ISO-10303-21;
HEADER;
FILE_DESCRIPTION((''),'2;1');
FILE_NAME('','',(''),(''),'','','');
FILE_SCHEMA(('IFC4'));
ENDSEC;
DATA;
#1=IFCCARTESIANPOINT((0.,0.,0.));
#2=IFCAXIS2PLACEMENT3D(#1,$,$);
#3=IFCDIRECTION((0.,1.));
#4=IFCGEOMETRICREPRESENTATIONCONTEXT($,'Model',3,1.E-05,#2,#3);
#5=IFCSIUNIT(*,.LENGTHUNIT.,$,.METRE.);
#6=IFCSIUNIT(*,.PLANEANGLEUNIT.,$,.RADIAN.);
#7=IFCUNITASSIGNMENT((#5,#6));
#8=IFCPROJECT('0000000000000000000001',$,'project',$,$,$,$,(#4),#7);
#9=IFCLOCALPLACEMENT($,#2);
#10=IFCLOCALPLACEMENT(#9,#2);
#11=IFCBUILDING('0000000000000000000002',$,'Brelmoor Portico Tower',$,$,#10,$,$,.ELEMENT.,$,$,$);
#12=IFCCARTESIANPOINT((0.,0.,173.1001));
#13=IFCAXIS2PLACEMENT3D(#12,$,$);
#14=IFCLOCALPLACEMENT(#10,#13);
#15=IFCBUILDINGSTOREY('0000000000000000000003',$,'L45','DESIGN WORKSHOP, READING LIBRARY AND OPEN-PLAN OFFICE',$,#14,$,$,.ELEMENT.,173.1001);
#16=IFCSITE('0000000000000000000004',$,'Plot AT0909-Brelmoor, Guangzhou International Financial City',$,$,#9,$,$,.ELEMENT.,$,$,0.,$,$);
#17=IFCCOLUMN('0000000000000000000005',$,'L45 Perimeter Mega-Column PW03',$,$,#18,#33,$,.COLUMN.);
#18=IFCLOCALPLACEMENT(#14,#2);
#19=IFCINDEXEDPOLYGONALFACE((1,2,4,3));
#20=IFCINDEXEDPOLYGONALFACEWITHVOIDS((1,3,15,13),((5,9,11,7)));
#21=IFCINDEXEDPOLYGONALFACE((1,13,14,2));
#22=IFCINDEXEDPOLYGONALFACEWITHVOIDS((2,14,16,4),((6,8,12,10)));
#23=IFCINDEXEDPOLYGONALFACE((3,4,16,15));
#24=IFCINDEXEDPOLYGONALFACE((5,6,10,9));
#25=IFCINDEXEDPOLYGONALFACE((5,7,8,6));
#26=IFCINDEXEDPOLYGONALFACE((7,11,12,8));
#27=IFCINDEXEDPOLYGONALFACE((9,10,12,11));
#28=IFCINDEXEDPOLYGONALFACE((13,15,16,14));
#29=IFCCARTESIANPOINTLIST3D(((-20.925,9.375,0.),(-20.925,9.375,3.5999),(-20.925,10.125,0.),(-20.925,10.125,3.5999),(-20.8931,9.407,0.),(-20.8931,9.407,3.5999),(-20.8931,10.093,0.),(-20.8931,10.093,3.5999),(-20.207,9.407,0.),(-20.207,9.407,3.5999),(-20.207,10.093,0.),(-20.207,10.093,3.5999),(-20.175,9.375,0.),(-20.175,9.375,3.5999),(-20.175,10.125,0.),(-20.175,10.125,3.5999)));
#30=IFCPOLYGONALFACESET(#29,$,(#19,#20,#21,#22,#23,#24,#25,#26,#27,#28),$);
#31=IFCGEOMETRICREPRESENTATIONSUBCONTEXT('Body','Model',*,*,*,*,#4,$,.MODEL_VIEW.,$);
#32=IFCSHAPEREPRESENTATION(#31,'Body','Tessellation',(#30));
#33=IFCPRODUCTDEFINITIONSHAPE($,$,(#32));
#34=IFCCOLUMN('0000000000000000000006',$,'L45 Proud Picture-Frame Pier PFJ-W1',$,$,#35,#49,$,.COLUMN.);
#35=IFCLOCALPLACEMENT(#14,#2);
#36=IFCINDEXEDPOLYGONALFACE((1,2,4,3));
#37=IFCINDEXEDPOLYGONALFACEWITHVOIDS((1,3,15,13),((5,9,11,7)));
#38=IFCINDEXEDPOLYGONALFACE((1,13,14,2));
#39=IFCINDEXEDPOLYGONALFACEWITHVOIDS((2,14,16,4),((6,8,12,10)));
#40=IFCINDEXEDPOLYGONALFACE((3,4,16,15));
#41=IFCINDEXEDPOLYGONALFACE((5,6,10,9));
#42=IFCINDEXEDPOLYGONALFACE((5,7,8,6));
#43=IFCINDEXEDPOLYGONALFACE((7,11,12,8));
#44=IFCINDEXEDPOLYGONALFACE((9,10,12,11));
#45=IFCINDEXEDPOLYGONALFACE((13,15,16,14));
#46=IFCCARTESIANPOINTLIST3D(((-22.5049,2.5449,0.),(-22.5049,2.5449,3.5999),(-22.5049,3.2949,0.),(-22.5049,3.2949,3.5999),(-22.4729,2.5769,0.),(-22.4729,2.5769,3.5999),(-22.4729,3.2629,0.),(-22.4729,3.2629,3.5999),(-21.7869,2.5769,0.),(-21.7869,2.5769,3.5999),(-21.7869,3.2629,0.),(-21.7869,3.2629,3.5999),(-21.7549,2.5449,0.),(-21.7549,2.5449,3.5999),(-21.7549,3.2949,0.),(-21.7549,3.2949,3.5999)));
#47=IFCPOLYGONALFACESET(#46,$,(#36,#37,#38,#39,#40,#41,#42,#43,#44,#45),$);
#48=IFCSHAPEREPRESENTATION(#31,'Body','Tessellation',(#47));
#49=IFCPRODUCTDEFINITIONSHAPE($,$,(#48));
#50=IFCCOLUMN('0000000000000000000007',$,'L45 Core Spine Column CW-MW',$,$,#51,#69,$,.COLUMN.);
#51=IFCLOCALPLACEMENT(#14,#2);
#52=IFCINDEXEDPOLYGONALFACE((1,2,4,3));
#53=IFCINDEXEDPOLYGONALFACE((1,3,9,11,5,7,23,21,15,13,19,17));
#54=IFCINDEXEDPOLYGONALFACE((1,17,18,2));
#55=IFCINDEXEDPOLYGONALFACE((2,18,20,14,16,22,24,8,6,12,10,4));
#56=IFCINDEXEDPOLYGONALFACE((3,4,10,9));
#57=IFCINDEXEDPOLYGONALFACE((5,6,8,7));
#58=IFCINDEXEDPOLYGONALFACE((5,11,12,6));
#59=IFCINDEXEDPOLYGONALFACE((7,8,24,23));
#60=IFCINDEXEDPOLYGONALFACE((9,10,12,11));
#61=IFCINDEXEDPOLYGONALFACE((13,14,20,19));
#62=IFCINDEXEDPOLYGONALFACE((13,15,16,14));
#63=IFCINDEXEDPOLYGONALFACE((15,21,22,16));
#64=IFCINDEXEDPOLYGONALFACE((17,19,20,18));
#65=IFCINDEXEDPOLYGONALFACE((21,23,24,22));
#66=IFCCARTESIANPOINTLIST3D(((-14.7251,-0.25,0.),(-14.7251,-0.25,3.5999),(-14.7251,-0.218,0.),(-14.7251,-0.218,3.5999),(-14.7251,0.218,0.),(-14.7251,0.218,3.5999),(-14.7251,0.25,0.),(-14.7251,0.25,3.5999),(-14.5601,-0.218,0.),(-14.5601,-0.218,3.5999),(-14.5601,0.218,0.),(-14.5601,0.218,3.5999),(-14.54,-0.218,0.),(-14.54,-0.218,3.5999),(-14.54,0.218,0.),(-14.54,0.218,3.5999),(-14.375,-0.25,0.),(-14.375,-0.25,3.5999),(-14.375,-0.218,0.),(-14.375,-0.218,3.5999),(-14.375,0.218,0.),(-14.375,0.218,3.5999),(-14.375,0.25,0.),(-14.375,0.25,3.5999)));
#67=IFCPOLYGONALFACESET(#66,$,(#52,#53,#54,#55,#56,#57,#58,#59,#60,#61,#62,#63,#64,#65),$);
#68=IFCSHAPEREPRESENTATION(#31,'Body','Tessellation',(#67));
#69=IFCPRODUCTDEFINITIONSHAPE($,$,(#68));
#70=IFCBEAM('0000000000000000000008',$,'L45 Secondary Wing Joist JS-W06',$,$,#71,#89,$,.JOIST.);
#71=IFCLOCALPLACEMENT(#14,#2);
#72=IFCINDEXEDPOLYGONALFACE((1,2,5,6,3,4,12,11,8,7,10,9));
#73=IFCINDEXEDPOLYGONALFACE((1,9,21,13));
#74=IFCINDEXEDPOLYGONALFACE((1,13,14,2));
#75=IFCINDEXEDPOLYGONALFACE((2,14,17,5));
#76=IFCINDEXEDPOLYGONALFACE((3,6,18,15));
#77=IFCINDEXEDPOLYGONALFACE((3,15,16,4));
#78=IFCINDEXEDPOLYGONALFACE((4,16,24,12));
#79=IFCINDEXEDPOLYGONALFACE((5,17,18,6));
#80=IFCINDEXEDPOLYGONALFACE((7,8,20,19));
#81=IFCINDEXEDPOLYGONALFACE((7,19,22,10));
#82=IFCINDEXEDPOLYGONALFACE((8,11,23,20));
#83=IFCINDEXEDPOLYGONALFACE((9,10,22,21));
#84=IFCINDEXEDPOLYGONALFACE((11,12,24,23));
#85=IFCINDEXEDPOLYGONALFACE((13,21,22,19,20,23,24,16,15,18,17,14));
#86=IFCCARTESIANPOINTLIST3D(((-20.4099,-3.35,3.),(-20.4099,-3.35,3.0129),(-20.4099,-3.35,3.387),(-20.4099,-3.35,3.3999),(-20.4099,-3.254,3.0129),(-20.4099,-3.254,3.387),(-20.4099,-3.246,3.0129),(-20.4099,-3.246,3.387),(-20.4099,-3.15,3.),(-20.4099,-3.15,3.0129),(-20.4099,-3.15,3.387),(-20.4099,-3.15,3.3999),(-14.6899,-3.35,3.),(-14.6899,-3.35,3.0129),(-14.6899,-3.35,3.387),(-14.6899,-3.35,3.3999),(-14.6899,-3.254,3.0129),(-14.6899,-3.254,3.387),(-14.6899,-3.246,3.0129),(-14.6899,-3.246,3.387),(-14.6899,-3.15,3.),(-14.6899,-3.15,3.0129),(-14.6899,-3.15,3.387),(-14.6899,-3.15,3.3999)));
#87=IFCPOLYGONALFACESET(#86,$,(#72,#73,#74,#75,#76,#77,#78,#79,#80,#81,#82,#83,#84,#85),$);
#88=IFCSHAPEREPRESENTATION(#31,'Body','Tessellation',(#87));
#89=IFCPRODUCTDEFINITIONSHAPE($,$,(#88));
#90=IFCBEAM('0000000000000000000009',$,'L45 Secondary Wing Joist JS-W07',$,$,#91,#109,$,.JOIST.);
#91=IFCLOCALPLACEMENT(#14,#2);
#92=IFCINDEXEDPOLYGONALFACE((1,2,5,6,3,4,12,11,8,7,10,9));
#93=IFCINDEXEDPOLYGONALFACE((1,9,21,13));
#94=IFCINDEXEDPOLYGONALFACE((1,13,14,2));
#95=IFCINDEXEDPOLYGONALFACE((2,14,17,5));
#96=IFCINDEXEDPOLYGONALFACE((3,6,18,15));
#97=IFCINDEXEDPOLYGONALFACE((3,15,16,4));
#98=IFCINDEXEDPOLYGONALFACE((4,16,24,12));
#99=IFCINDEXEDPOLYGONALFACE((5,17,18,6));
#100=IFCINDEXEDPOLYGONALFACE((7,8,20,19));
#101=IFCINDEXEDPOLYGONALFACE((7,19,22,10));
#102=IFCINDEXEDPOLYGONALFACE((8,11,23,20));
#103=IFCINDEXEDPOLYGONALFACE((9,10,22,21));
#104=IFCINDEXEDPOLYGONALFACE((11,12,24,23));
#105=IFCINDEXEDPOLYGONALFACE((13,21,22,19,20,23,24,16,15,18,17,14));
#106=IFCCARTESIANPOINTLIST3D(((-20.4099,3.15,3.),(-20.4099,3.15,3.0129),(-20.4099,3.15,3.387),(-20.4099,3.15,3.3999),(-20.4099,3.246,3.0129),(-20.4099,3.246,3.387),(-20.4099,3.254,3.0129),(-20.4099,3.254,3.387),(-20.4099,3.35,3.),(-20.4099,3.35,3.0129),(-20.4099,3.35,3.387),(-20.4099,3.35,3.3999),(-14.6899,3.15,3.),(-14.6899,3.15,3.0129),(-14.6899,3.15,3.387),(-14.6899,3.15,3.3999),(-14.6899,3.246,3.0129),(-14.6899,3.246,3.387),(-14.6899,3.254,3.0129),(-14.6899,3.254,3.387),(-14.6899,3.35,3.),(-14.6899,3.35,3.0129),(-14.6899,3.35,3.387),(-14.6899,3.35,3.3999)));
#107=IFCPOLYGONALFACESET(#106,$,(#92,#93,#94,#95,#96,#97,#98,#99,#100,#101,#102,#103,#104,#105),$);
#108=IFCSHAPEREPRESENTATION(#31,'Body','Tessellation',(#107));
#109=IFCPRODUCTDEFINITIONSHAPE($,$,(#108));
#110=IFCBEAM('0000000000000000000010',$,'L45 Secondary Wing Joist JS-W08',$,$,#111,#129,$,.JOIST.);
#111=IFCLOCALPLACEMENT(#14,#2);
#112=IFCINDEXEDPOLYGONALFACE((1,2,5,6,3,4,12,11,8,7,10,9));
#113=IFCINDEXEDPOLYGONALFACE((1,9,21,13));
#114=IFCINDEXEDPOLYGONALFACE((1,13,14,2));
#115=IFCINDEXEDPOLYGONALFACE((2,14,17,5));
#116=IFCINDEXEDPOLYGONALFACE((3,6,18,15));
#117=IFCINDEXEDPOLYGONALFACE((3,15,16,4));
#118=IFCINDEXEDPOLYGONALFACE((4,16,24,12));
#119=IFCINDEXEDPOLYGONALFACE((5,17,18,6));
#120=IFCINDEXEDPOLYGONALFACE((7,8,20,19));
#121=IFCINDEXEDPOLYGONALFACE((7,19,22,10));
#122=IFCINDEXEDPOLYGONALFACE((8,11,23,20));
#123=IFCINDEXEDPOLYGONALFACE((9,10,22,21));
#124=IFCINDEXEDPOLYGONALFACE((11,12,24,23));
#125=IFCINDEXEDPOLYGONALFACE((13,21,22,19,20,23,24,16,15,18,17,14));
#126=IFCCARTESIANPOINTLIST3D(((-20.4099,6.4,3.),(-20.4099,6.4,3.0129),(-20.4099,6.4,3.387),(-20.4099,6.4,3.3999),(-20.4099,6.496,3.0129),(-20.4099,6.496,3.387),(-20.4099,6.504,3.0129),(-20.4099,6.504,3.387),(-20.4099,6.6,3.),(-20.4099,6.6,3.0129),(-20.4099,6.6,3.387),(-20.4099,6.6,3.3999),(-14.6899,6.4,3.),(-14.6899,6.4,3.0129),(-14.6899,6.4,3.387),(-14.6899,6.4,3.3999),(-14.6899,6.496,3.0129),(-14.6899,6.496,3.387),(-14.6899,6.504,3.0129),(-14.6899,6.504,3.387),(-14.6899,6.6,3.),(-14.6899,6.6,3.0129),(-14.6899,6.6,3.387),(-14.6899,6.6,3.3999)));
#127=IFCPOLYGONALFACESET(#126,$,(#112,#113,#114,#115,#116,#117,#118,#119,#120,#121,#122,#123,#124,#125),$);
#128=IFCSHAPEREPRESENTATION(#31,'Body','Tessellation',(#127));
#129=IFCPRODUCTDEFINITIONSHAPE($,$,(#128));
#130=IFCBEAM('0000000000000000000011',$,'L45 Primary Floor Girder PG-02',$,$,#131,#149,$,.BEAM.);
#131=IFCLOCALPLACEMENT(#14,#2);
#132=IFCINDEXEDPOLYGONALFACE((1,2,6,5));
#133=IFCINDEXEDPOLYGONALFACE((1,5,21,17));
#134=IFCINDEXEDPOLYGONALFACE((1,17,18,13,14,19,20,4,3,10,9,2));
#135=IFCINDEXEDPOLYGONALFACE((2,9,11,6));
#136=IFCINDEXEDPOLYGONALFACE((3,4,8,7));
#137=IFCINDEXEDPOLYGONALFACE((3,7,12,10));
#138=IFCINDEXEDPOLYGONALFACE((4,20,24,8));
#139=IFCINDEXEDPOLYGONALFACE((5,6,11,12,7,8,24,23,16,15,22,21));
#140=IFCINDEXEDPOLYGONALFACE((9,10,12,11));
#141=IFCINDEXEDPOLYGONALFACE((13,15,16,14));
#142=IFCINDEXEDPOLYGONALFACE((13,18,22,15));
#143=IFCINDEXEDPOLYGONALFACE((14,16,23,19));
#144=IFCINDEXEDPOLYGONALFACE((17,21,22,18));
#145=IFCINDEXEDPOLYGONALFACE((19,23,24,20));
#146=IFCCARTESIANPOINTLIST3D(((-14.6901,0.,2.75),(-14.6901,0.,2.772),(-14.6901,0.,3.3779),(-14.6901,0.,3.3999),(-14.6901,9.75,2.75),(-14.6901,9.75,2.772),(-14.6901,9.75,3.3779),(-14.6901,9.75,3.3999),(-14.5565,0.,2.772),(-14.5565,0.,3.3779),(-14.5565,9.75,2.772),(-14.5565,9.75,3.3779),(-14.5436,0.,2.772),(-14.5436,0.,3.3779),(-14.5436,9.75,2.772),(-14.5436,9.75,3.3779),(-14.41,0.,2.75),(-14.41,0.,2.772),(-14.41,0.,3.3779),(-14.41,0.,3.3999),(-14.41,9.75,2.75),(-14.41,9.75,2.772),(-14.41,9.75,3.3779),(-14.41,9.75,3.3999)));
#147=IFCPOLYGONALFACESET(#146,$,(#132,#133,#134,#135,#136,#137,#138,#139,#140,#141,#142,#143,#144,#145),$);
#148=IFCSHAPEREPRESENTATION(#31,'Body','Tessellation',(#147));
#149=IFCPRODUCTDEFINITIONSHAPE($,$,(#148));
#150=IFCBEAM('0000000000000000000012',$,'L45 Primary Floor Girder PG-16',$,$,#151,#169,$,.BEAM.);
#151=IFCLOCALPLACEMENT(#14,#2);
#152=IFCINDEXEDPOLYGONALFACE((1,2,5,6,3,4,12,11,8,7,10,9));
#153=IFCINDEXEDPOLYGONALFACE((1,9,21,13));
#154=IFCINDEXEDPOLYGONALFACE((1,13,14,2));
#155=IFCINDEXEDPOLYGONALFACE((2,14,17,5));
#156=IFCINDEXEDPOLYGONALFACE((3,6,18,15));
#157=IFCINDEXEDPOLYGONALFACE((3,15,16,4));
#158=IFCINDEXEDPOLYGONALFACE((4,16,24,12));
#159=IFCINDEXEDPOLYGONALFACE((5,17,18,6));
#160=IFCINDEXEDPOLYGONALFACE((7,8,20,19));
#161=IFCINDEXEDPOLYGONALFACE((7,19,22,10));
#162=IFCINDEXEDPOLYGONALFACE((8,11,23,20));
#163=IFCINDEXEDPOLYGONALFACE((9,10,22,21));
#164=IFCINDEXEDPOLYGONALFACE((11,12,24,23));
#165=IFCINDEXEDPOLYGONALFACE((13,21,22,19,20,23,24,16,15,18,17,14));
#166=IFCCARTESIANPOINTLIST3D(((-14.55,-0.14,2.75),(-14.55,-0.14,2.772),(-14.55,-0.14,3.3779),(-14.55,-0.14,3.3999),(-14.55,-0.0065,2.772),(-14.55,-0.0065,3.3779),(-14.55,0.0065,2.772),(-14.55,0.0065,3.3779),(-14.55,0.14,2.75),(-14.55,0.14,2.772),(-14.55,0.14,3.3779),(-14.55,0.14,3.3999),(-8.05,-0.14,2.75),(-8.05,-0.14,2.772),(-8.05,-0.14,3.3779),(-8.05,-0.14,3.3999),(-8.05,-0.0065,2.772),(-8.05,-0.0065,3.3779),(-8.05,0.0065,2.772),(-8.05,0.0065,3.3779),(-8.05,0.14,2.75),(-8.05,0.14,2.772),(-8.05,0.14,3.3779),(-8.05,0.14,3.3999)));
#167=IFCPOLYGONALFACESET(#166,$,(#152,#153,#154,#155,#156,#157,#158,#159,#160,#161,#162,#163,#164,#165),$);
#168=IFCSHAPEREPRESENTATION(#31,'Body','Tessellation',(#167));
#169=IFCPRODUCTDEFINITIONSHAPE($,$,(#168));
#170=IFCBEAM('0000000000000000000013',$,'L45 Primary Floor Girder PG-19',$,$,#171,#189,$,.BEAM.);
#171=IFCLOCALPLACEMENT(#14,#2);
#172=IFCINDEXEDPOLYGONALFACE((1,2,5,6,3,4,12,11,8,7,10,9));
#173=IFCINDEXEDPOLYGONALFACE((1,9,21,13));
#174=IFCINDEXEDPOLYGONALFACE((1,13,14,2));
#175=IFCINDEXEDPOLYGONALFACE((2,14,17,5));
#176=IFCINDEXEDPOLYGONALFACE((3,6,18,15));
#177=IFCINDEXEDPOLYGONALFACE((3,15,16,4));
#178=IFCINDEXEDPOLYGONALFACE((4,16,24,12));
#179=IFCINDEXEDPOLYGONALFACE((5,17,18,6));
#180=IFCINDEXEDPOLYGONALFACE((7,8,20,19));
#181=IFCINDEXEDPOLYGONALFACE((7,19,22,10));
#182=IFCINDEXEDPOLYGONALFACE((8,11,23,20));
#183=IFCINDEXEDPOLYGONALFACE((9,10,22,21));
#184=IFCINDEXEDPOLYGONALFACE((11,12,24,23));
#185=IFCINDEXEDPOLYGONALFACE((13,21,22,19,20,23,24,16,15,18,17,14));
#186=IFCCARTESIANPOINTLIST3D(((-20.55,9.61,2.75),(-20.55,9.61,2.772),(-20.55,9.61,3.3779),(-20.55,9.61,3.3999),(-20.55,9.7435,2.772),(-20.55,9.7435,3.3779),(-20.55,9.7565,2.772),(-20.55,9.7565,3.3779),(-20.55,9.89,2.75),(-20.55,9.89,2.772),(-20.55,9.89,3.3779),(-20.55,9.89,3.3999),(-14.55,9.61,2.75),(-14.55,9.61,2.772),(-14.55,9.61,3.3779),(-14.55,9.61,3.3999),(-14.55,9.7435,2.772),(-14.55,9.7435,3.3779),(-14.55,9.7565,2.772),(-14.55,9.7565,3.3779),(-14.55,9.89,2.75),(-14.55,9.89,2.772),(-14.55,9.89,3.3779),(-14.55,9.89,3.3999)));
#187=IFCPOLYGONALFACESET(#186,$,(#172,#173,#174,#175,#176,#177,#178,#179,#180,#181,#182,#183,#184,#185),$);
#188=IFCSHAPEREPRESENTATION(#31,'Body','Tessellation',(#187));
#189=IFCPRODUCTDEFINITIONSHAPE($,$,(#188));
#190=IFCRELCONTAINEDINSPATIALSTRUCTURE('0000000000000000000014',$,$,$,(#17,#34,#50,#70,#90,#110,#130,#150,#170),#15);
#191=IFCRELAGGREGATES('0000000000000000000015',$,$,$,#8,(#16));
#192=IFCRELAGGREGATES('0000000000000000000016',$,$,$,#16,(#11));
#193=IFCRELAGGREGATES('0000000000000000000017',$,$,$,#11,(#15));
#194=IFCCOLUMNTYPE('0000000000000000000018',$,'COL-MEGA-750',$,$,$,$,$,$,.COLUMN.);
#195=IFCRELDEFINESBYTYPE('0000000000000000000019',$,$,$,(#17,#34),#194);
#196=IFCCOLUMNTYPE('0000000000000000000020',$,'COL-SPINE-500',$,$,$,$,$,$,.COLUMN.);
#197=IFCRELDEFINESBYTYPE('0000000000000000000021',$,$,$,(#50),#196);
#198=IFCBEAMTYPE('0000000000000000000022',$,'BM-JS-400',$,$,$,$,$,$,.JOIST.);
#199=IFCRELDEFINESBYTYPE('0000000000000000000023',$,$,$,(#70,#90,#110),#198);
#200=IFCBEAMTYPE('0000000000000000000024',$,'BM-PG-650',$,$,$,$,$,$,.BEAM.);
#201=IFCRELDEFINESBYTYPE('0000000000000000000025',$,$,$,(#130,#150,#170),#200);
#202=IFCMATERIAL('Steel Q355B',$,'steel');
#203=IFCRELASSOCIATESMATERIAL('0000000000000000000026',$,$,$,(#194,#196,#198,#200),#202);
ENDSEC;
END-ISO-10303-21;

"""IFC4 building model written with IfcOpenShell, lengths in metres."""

from ifc_helpers import new_model, si_unit, direction, frame, origin, origin_2d, place, context, subcontext, project, spatial, hollow_rectangle, i_section, extrude, material, material_profile, profile_set, type_object, element, save


model = new_model("IFC4")

# Units and contexts
model_context = context("Model", 3, precision=1e-05, world=origin(), true_north=direction((0.0, 1.0)))
body_context = subcontext(model_context, "Body", "Model", "MODEL_VIEW")
ifc_project = project(units=[si_unit("LENGTHUNIT", "METRE"), si_unit("PLANEANGLEUNIT", "RADIAN")], contexts=[model_context])

# Site, building, storey
site_placement = place(None, origin())
site = spatial("IfcSite", under=ifc_project, at=site_placement, Name="Plot AT0909-Brelmoor, Guangzhou International Financial City", CompositionType="ELEMENT", RefElevation=0.0)
building_placement = place(site_placement, origin())
building = spatial("IfcBuilding", under=site, at=building_placement, Name="Brelmoor Portico Tower", CompositionType="ELEMENT")
storey_placement = place(building_placement, frame((0.0, 0.0, 173.1001)))
storey = spatial("IfcBuildingStorey", under=building, at=storey_placement, Name="L45", Description="DESIGN WORKSHOP, READING LIBRARY AND OPEN-PLAN OFFICE", CompositionType="ELEMENT", Elevation=173.1001)

# Columns
ifc_material_1 = material(Name="Steel Q355B", Category="steel")
ifc_material_profile_1 = material_profile(ifc_material_1, hollow_rectangle(XDim=0.75, YDim=0.75, WallThickness=0.032, at=origin_2d()), Name="BOX 750x750x32")
ifc_profile_set_1 = profile_set([ifc_material_profile_1], Name="Steel Q355B")
column_type_1 = type_object("IfcColumnType", Name="COL-MEGA-750", PredefinedType="COLUMN", material=ifc_profile_set_1)
for number, where, z_axis, x_axis, name in (
    (1, (-20.55, 9.75, 0.0), (0.0, 0.0, 1.0), (0.0, 1.0, 0.0), "L45 Perimeter Mega-Column PW03"),
    (2, (-22.1299, 2.9199, 0.0), (0.0, 0.0, 1.0), (0.0, 1.0, 0.0), "L45 Proud Picture-Frame Pier PFJ-W1"),
):
    element("IfcColumn", number, at=place(storey_placement, frame(where, z_axis=z_axis, x_axis=x_axis)), inside=storey, type_object=column_type_1, Name=name, PredefinedType="COLUMN", context=body_context, shape_type="SweptSolid", body=[
        extrude(hollow_rectangle(XDim=0.75, YDim=0.75, WallThickness=0.032, at=origin_2d()), origin(), (0.0, 0.0, 1.0), 3.5999),
    ])
ifc_material_profile_2 = material_profile(ifc_material_1, i_section(OverallWidth=0.3501, OverallDepth=0.5, WebThickness=0.02, FlangeThickness=0.032, at=origin_2d()), Name="HW 500x350x20x32")
ifc_profile_set_2 = profile_set([ifc_material_profile_2], Name="Steel Q355B")
column_type_2 = type_object("IfcColumnType", Name="COL-SPINE-500", PredefinedType="COLUMN", material=ifc_profile_set_2)
column_placement = place(storey_placement, frame((-14.55, 0.0, 0.0), z_axis=(0.0, 0.0, 1.0), x_axis=(1.0, 0.0, 0.0)))
element("IfcColumn", 3, at=column_placement, inside=storey, type_object=column_type_2, Name="L45 Core Spine Column CW-MW", PredefinedType="COLUMN", context=body_context, shape_type="SweptSolid", body=[
    extrude(i_section(OverallWidth=0.3501, OverallDepth=0.5, WebThickness=0.02, FlangeThickness=0.032, at=origin_2d()), origin(), (0.0, 0.0, 1.0), 3.5999),
])

# Beams
ifc_material_profile_3 = material_profile(ifc_material_1, i_section(OverallWidth=0.2, OverallDepth=0.3999, WebThickness=0.0081, FlangeThickness=0.0129, at=origin_2d()), Name="HN 400x200x8x13")
ifc_profile_set_3 = profile_set([ifc_material_profile_3], Name="Steel Q355B")
beam_type_1 = type_object("IfcBeamType", Name="BM-JS-400", PredefinedType="JOIST", material=ifc_profile_set_3)
for number, where, z_axis, x_axis, name in (
    (4, (-20.4099, -3.25, 3.2), (1.0, 0.0, 0.0), (0.0, 1.0, 0.0), "L45 Secondary Wing Joist JS-W06"),
    (5, (-20.4099, 3.25, 3.2), (1.0, 0.0, 0.0), (0.0, 1.0, 0.0), "L45 Secondary Wing Joist JS-W07"),
    (6, (-20.4099, 6.5, 3.2), (1.0, 0.0, 0.0), (0.0, 1.0, 0.0), "L45 Secondary Wing Joist JS-W08"),
):
    element("IfcBeam", number, at=place(storey_placement, frame(where, z_axis=z_axis, x_axis=x_axis)), inside=storey, type_object=beam_type_1, Name=name, PredefinedType="JOIST", context=body_context, shape_type="SweptSolid", body=[
        extrude(i_section(OverallWidth=0.2, OverallDepth=0.3999, WebThickness=0.0081, FlangeThickness=0.0129, at=origin_2d()), origin(), (0.0, 0.0, 1.0), 5.72),
    ])
ifc_material_profile_4 = material_profile(ifc_material_1, i_section(OverallWidth=0.28, OverallDepth=0.6499, WebThickness=0.0129, FlangeThickness=0.022, at=origin_2d()), Name="HN 650x280x13x22")
ifc_profile_set_4 = profile_set([ifc_material_profile_4], Name="Steel Q355B")
beam_type_2 = type_object("IfcBeamType", Name="BM-PG-650", PredefinedType="BEAM", material=ifc_profile_set_4)
beam_1_placement = place(storey_placement, frame((-14.55, 0.0, 3.075), z_axis=(0.0, 1.0, 0.0), x_axis=(-1.0, 0.0, 0.0)))
element("IfcBeam", 7, at=beam_1_placement, inside=storey, type_object=beam_type_2, Name="L45 Primary Floor Girder PG-02", PredefinedType="BEAM", context=body_context, shape_type="SweptSolid", body=[
    extrude(i_section(OverallWidth=0.28, OverallDepth=0.6499, WebThickness=0.0129, FlangeThickness=0.022, at=origin_2d()), origin(), (0.0, 0.0, 1.0), 9.75),
])
beam_2_placement = place(storey_placement, frame((-14.55, 0.0, 3.075), z_axis=(1.0, 0.0, 0.0), x_axis=(0.0, 1.0, 0.0)))
element("IfcBeam", 8, at=beam_2_placement, inside=storey, type_object=beam_type_2, Name="L45 Primary Floor Girder PG-16", PredefinedType="BEAM", context=body_context, shape_type="SweptSolid", body=[
    extrude(i_section(OverallWidth=0.28, OverallDepth=0.6499, WebThickness=0.0129, FlangeThickness=0.022, at=origin_2d()), origin(), (0.0, 0.0, 1.0), 6.5),
])
beam_3_placement = place(storey_placement, frame((-20.55, 9.75, 3.075), z_axis=(1.0, 0.0, 0.0), x_axis=(0.0, 1.0, 0.0)))
element("IfcBeam", 9, at=beam_3_placement, inside=storey, type_object=beam_type_2, Name="L45 Primary Floor Girder PG-19", PredefinedType="BEAM", context=body_context, shape_type="SweptSolid", body=[
    extrude(i_section(OverallWidth=0.28, OverallDepth=0.6499, WebThickness=0.0129, FlangeThickness=0.022, at=origin_2d()), origin(), (0.0, 0.0, 1.0), 6.0),
])

save(model, "model.ifc")
